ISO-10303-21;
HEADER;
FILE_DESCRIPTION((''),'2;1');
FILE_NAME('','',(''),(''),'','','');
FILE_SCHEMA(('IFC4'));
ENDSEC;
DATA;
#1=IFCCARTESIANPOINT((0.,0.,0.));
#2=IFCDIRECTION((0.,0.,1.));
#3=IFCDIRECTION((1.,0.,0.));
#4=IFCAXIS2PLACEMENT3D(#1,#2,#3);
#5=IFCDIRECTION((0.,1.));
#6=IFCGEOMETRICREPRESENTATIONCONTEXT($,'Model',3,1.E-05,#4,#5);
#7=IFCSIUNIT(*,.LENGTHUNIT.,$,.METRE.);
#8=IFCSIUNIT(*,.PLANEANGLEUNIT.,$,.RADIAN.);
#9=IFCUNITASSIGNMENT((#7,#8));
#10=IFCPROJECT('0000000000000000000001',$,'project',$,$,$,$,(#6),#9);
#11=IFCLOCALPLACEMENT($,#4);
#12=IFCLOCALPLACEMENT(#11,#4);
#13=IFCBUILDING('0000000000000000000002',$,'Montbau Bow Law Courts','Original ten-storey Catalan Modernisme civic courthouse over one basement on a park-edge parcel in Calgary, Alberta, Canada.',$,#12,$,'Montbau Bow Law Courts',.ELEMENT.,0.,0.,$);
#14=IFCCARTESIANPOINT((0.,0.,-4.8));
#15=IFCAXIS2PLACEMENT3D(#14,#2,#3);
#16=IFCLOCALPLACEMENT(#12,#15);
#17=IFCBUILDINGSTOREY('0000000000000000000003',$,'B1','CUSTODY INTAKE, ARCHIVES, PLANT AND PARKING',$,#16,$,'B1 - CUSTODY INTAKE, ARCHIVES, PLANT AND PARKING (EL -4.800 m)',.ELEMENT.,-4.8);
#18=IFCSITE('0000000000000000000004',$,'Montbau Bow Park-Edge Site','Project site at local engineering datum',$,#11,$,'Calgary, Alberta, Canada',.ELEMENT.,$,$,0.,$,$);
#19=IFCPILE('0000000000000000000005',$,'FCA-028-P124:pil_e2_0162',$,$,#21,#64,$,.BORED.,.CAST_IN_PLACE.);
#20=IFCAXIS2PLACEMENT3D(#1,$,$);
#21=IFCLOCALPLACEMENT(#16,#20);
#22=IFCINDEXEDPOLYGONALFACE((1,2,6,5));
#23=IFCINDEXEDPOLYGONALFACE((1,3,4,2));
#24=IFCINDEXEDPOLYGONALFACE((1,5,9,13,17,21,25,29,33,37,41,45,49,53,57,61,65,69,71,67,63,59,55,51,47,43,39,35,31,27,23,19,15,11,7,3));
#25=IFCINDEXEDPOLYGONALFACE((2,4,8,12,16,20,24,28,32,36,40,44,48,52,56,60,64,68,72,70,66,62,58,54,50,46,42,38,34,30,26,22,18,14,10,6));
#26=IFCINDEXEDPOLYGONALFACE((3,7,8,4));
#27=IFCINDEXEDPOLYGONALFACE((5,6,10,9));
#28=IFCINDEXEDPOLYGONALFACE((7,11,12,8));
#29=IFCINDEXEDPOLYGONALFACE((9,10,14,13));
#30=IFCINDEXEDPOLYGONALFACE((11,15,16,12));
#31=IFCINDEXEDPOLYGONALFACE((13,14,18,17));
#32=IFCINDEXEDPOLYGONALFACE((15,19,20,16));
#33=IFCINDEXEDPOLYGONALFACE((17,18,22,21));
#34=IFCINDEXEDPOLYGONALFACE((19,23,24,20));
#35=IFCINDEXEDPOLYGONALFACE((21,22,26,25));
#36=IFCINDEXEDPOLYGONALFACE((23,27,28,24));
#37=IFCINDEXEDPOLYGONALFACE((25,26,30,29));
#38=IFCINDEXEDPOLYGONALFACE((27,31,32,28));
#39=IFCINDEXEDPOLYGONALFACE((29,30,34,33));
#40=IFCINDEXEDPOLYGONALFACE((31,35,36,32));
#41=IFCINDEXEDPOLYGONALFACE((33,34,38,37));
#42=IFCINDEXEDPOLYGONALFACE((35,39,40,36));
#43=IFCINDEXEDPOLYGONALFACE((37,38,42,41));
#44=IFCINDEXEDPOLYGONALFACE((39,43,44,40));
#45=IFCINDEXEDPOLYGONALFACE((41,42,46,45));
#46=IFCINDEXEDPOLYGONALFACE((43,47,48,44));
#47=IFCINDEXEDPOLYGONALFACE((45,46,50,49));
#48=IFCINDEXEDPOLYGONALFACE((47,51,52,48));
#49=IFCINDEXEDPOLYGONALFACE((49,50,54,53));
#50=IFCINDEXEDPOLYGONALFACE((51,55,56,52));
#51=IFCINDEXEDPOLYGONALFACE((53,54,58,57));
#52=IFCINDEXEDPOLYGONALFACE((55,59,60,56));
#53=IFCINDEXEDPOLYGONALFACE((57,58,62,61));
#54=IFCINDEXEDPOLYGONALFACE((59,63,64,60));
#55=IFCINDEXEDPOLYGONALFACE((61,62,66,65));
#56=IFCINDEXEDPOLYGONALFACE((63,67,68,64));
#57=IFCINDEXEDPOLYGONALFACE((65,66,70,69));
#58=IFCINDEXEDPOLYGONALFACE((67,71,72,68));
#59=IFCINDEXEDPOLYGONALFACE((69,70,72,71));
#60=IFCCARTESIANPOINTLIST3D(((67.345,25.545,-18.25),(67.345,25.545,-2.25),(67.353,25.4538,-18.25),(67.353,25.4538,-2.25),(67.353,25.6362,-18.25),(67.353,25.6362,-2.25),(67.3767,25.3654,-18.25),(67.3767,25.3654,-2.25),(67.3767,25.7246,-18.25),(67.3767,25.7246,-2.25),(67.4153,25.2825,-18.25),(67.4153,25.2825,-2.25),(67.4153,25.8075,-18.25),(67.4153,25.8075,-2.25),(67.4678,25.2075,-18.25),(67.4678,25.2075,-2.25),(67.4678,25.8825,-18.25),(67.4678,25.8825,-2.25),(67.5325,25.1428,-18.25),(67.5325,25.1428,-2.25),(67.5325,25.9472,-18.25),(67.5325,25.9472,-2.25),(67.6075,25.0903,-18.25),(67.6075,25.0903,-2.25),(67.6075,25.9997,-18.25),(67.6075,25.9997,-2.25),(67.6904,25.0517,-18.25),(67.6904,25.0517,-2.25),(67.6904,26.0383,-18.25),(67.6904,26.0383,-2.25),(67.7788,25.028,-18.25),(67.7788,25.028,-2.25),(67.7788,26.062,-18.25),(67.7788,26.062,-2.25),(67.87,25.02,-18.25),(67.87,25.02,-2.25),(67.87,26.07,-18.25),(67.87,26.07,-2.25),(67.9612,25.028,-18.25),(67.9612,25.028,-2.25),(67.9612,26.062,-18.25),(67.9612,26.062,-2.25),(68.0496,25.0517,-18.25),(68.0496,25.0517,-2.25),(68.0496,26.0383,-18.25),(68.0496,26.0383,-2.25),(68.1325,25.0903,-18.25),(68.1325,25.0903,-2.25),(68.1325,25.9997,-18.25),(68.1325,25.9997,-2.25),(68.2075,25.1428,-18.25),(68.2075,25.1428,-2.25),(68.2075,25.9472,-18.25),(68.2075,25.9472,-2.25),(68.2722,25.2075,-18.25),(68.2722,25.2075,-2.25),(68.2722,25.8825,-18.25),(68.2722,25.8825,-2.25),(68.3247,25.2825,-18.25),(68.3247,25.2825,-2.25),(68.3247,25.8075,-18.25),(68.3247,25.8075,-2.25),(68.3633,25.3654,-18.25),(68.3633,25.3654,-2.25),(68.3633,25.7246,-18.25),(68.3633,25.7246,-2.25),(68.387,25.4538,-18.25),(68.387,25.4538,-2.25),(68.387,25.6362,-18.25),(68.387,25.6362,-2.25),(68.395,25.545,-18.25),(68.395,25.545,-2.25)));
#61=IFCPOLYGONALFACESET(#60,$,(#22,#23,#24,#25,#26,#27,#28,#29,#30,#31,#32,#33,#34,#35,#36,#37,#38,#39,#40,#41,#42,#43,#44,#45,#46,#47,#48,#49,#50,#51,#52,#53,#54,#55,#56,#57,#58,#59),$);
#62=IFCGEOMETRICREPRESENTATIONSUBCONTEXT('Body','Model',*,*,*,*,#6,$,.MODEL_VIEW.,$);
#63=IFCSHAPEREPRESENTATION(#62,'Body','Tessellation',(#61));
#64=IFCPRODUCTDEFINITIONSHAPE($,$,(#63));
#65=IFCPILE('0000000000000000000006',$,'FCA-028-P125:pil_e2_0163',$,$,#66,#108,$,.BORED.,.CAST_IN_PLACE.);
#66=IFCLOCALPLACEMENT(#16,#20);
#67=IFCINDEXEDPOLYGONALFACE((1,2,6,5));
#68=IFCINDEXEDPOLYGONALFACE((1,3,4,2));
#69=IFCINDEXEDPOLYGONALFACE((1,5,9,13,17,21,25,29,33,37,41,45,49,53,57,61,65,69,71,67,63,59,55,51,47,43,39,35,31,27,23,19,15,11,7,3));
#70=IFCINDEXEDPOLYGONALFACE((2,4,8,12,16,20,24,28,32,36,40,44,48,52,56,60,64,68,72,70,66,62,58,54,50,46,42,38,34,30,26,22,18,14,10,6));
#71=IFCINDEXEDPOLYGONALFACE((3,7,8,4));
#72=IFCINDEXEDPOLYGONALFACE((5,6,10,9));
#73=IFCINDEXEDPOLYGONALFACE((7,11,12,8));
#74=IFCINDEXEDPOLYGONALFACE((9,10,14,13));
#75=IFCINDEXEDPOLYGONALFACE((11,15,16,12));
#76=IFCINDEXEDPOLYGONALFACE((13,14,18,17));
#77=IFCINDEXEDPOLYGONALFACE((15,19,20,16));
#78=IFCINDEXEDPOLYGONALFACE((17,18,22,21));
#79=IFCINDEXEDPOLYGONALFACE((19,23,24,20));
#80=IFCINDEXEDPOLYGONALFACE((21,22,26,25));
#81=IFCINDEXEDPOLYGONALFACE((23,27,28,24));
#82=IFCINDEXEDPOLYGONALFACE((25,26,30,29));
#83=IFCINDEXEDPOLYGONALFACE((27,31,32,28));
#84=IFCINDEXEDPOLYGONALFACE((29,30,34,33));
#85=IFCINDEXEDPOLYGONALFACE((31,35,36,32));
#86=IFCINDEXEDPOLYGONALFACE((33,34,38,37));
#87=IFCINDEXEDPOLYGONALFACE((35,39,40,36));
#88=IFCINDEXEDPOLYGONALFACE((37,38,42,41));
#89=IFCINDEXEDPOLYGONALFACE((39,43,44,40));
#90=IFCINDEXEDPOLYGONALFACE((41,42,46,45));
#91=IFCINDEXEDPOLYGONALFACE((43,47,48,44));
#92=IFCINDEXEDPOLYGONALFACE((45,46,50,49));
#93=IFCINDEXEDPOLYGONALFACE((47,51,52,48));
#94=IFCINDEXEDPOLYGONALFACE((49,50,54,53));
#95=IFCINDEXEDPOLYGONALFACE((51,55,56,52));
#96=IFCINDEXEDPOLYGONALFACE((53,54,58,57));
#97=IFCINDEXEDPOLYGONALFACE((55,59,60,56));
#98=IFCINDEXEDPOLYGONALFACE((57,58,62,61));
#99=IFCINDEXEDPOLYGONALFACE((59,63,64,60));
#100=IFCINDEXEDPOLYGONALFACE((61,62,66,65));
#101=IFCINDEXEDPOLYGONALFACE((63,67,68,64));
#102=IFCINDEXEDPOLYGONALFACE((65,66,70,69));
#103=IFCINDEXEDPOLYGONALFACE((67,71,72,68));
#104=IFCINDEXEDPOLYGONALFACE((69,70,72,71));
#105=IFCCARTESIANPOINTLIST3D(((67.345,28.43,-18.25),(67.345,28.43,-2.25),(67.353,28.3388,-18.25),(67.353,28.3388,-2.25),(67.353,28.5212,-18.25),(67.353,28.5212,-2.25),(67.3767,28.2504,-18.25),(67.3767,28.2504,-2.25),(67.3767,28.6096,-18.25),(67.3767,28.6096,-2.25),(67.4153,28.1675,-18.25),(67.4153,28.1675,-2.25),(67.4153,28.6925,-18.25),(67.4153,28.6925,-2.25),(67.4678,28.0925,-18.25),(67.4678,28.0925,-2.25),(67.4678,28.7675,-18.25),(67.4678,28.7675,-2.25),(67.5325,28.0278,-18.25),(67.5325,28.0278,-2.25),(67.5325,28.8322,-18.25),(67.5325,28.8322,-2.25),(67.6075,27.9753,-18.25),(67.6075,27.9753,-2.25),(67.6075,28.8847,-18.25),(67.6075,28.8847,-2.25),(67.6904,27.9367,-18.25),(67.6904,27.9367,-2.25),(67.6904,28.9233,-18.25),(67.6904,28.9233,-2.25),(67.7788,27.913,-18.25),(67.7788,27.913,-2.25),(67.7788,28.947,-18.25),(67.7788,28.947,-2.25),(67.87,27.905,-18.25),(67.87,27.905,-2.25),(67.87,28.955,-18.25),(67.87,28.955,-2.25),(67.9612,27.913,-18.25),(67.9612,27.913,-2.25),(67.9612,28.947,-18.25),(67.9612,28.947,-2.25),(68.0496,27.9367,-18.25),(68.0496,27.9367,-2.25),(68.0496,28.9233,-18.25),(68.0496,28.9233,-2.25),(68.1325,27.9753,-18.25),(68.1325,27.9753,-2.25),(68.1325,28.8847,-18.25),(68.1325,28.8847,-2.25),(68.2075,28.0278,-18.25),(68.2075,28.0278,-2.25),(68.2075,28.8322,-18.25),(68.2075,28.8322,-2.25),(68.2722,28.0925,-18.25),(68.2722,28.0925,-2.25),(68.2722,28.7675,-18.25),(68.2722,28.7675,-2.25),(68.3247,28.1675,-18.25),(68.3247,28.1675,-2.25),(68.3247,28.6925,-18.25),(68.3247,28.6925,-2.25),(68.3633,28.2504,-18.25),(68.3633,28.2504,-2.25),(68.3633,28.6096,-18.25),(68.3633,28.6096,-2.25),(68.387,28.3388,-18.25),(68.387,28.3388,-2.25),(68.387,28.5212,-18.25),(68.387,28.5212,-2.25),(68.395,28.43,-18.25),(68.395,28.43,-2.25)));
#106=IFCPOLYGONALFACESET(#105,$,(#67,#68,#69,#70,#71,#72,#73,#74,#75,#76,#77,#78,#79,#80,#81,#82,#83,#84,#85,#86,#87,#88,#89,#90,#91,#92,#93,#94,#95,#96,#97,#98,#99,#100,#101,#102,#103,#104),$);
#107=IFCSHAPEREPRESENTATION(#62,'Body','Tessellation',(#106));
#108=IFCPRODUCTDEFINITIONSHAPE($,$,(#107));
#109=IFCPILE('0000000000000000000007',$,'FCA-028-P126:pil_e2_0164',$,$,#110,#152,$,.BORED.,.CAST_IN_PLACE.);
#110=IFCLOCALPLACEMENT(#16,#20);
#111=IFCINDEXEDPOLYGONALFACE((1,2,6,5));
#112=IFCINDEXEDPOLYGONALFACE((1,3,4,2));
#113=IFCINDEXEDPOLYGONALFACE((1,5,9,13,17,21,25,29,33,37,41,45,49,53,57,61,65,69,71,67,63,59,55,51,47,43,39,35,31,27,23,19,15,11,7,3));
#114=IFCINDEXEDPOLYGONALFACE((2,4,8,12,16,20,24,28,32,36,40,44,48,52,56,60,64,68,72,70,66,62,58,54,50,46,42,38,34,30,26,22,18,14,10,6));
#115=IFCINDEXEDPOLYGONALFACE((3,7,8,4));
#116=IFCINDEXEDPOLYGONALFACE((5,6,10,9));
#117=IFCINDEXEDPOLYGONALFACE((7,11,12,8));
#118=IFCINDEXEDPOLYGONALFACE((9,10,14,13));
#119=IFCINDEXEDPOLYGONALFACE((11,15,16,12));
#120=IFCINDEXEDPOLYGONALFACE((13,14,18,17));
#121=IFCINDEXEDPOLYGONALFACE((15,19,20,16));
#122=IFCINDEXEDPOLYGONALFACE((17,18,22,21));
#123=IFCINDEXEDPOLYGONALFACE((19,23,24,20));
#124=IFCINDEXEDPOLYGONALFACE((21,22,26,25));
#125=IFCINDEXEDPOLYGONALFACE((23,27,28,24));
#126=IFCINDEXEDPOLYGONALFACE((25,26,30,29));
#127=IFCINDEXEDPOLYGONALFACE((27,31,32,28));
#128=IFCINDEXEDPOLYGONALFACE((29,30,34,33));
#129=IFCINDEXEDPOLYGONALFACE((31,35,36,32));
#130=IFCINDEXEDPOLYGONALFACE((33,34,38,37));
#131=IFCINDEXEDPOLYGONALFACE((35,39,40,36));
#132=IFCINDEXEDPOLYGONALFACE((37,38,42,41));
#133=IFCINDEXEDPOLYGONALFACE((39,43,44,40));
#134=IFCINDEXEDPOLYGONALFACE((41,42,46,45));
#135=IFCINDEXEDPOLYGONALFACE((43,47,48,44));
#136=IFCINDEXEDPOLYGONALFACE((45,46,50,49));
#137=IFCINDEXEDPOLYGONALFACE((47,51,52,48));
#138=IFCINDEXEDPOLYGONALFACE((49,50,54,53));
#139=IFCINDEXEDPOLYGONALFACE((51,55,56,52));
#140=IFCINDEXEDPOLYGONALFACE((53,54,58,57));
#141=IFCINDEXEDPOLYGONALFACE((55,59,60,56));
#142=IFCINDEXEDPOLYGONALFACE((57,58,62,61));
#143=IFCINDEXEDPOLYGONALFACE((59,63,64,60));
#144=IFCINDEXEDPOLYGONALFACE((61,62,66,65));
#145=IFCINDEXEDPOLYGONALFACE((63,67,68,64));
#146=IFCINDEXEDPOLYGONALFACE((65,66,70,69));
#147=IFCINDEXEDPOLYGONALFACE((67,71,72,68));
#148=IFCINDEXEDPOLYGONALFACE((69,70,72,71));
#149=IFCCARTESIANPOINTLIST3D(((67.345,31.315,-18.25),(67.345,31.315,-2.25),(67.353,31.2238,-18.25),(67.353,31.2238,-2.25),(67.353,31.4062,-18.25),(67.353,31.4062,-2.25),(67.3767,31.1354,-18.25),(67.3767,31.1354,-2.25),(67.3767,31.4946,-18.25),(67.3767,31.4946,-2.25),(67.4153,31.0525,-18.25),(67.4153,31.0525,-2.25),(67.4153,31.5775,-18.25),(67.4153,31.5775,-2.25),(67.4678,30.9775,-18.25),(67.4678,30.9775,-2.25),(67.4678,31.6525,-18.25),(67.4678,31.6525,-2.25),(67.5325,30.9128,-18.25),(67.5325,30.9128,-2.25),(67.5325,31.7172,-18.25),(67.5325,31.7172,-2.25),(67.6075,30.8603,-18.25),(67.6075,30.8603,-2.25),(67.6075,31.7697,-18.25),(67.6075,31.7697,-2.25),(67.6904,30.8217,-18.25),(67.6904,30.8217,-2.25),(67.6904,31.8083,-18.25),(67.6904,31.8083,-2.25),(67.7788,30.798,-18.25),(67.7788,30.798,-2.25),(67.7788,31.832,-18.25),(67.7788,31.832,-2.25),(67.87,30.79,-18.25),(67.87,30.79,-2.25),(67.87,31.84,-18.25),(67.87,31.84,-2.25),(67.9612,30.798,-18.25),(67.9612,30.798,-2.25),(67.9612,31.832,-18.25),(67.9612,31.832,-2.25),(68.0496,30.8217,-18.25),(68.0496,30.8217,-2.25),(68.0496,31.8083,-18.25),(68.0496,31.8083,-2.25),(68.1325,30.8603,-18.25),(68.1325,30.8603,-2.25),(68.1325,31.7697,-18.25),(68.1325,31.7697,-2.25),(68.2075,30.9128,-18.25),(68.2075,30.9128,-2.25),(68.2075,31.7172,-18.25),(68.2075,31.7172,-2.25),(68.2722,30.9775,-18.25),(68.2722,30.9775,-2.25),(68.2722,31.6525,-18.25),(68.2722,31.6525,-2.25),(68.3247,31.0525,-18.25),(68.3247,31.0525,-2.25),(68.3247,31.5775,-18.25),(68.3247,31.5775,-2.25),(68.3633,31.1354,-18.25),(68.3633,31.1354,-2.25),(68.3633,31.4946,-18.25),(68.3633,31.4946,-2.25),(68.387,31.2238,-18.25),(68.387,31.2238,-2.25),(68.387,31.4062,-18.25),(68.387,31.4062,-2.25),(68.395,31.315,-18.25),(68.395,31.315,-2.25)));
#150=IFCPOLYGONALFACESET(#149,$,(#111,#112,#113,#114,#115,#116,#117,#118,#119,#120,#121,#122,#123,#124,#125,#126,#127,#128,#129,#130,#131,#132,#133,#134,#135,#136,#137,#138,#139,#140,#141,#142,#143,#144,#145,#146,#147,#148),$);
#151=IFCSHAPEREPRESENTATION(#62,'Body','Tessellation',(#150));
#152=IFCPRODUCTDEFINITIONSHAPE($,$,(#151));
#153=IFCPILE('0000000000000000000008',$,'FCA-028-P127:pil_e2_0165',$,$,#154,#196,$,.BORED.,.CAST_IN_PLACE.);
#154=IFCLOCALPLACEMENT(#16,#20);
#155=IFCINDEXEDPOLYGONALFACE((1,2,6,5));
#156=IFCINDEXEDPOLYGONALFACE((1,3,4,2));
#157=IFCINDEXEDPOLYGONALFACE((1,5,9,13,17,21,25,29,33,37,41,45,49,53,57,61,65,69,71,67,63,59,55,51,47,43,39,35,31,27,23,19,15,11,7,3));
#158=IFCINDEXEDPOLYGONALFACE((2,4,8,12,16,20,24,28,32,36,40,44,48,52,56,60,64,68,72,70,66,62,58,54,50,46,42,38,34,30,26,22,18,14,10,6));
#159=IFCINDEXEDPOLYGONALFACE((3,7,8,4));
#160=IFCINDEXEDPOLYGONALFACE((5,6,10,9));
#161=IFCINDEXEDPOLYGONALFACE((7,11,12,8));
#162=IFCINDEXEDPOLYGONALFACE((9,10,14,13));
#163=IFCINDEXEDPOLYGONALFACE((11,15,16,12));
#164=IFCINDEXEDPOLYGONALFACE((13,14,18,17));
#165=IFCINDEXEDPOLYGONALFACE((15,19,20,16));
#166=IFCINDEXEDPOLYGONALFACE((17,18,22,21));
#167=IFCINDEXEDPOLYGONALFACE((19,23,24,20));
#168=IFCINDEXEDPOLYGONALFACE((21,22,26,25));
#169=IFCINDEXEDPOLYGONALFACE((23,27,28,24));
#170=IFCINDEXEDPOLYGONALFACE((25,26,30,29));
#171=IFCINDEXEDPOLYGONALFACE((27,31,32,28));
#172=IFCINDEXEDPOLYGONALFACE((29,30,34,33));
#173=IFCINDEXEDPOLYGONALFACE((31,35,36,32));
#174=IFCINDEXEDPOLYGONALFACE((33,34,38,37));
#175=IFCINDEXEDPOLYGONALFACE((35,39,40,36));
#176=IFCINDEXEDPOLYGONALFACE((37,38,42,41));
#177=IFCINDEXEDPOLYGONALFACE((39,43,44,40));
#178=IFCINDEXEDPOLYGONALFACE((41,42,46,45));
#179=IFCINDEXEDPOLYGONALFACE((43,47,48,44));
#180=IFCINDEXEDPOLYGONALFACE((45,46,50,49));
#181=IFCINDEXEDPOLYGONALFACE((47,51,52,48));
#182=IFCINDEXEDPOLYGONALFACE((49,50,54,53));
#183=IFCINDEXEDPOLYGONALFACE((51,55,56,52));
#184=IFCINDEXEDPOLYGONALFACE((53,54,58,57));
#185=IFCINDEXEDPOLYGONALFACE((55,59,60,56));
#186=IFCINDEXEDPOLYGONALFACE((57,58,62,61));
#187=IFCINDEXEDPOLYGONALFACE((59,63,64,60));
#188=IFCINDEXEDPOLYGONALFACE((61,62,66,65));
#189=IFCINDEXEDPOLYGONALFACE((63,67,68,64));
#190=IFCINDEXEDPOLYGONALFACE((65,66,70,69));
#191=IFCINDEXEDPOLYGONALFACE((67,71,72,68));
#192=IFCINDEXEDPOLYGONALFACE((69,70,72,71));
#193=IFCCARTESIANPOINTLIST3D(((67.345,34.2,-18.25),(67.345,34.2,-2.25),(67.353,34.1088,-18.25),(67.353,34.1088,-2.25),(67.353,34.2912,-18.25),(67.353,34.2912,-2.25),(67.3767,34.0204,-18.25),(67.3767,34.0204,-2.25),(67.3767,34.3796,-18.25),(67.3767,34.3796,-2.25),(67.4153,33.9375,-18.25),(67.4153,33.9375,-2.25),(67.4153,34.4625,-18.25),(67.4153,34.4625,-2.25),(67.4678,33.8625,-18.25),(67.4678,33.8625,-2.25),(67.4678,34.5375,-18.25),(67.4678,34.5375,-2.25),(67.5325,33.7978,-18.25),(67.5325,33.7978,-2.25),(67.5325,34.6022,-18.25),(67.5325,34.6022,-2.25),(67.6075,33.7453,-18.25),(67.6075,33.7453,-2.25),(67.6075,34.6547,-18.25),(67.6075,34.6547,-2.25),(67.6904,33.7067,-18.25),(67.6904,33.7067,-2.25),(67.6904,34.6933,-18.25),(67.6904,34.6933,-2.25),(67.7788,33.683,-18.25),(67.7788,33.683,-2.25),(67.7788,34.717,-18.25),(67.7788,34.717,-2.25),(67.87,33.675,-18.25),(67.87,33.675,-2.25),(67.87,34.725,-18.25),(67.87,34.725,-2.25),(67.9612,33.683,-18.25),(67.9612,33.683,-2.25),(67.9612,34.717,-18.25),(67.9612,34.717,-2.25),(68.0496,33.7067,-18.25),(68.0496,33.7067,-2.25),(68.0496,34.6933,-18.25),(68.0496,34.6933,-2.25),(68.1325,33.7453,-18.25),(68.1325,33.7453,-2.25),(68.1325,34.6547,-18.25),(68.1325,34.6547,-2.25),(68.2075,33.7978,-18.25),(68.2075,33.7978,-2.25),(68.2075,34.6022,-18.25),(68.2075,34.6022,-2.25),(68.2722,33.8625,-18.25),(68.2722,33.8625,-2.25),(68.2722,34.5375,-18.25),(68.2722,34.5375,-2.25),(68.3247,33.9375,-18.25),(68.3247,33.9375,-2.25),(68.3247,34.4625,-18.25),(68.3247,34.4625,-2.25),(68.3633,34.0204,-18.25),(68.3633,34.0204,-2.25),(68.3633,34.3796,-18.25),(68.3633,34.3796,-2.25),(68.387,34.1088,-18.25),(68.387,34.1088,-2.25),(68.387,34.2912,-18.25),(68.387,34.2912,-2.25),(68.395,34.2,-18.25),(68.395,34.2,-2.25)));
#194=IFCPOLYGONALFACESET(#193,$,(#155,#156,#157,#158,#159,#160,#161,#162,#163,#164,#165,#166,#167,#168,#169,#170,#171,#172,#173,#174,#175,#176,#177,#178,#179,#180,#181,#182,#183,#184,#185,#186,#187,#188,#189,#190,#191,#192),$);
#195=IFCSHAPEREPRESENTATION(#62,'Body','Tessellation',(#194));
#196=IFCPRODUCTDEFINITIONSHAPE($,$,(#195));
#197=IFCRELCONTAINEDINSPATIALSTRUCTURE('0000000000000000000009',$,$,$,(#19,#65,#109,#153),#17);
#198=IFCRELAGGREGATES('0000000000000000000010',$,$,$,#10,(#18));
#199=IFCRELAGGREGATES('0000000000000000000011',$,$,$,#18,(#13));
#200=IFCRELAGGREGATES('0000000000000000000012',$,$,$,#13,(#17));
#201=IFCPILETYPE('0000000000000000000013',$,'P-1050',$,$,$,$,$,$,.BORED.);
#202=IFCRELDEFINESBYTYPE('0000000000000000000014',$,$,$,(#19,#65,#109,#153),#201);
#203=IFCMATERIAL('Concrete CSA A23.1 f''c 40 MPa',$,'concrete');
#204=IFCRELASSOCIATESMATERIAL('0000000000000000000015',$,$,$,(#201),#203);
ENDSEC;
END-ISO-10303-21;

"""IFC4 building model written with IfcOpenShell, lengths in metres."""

from ifc_helpers import new_model, si_unit, direction, frame, origin_with_axes, origin_2d_with_axis, place, context, subcontext, project, spatial, circle, extrude, material, material_profile, profile_set, type_object, element, save


model = new_model("IFC4")

# Units and contexts
model_context = context("Model", 3, precision=1e-05, world=origin_with_axes(), true_north=direction((0.0, 1.0)))
body_context = subcontext(model_context, "Body", "Model", "MODEL_VIEW")
ifc_project = project(units=[si_unit("LENGTHUNIT", "METRE"), si_unit("PLANEANGLEUNIT", "RADIAN")], contexts=[model_context])

# Site, building, storey
site_placement = place(None, origin_with_axes())
site = spatial("IfcSite", under=ifc_project, at=site_placement, Name="Montbau Bow Park-Edge Site", Description="Project site at local engineering datum", LongName="Calgary, Alberta, Canada", CompositionType="ELEMENT", RefElevation=0.0)
building_placement = place(site_placement, origin_with_axes())
building = spatial("IfcBuilding", under=site, at=building_placement, Name="Montbau Bow Law Courts", Description="Original ten-storey Catalan Modernisme civic courthouse over one basement on a park-edge parcel in Calgary, Alberta, Canada.", LongName="Montbau Bow Law Courts", CompositionType="ELEMENT", ElevationOfRefHeight=0.0, ElevationOfTerrain=0.0)
storey_placement = place(building_placement, frame((0.0, 0.0, -4.8), z_axis=(0.0, 0.0, 1.0), x_axis=(1.0, 0.0, 0.0)))
storey = spatial("IfcBuildingStorey", under=building, at=storey_placement, Name="B1", Description="CUSTODY INTAKE, ARCHIVES, PLANT AND PARKING", LongName="B1 - CUSTODY INTAKE, ARCHIVES, PLANT AND PARKING (EL -4.800 m)", CompositionType="ELEMENT", Elevation=-4.8)

# Piles
ifc_material_1 = material(Name="Concrete CSA A23.1 f'c 40 MPa", Category="concrete")
ifc_material_profile_1 = material_profile(ifc_material_1, circle(Radius=0.525, at=origin_2d_with_axis()), Name="BP1050", Category="Main", Priority=0)
ifc_profile_set_1 = profile_set([ifc_material_profile_1], Name="Concrete CSA A23.1 f'c 40 MPa")
pile_type = type_object("IfcPileType", Name="P-1050", PredefinedType="BORED", material=ifc_profile_set_1)
for number, where, z_axis, x_axis, name in (
    (1, (67.87, 25.545, -23.05), (0.0, 0.0, 1.0), (1.0, 0.0, 0.0), "FCA-028-P124:pil_e2_0162"),
    (2, (67.87, 28.43, -23.05), (0.0, 0.0, 1.0), (1.0, 0.0, 0.0), "FCA-028-P125:pil_e2_0163"),
    (3, (67.87, 31.315, -23.05), (0.0, 0.0, 1.0), (1.0, 0.0, 0.0), "FCA-028-P126:pil_e2_0164"),
    (4, (67.87, 34.2, -23.05), (0.0, 0.0, 1.0), (1.0, 0.0, 0.0), "FCA-028-P127:pil_e2_0165"),
):
    element("IfcPile", number, at=place(None, frame(where, z_axis=z_axis, x_axis=x_axis)), inside=storey, type_object=pile_type, Name=name, ConstructionType="CAST_IN_PLACE", PredefinedType="BORED", context=body_context, shape_type="SweptSolid", body=[
        extrude(circle(Radius=0.525, at=origin_2d_with_axis()), origin_with_axes(), (0.0, 0.0, 1.0), 16.0),
    ])

save(model, "model.ifc")
